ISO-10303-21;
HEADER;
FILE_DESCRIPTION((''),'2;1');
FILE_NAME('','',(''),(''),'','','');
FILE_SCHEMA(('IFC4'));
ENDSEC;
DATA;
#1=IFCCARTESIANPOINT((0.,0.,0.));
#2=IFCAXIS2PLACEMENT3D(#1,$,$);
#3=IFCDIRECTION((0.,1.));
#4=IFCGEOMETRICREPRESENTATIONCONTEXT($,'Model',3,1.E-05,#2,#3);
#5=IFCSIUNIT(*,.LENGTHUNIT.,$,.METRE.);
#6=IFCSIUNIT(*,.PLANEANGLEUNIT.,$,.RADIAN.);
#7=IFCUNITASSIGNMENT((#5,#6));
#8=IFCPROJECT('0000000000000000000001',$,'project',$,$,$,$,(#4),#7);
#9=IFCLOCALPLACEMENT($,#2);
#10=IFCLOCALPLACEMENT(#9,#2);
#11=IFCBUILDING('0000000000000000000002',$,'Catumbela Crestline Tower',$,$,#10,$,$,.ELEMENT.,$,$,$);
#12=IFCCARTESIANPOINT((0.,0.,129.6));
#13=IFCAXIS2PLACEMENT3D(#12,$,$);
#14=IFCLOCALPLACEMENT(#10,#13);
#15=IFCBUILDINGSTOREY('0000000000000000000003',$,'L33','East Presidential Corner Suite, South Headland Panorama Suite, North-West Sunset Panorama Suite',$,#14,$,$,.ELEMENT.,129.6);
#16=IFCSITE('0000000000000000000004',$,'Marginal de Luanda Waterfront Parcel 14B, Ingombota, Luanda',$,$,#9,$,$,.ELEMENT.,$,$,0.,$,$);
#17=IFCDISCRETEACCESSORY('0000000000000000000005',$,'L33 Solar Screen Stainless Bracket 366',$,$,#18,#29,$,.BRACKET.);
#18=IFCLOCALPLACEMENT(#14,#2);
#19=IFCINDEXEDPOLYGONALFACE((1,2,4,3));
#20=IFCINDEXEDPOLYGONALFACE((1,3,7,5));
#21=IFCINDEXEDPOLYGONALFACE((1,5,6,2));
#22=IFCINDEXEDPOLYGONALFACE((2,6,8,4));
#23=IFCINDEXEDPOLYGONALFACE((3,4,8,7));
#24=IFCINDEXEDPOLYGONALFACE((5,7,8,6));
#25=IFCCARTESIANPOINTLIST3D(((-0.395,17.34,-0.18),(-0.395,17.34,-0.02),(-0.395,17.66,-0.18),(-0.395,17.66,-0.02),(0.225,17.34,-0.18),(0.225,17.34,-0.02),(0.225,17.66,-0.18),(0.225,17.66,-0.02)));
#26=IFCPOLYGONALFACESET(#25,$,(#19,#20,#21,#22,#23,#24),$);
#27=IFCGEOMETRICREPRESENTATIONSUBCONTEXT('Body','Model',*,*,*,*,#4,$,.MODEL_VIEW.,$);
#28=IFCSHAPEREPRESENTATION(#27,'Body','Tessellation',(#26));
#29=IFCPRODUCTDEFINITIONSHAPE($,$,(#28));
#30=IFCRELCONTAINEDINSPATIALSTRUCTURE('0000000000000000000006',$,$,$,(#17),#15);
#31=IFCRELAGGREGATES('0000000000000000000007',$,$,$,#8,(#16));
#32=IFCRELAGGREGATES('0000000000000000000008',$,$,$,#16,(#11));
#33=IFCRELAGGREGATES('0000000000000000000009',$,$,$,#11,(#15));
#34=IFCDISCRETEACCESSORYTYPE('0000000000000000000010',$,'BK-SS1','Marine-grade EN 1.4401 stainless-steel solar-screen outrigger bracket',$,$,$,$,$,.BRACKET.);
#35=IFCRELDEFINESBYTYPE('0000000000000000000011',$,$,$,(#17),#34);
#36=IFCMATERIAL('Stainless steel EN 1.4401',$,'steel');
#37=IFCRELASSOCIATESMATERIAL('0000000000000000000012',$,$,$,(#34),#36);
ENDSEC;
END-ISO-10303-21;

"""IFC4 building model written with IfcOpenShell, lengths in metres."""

from ifc_helpers import new_model, si_unit, direction, frame, origin, origin_2d, place, context, subcontext, project, spatial, rectangle, extrude, material, type_object, element, save


model = new_model("IFC4")

# Units and contexts
model_context = context("Model", 3, precision=1e-05, world=origin(), true_north=direction((0.0, 1.0)))
body_context = subcontext(model_context, "Body", "Model", "MODEL_VIEW")
ifc_project = project(units=[si_unit("LENGTHUNIT", "METRE"), si_unit("PLANEANGLEUNIT", "RADIAN")], contexts=[model_context])

# Site, building, storey
site_placement = place(None, origin())
site = spatial("IfcSite", under=ifc_project, at=site_placement, Name="Marginal de Luanda Waterfront Parcel 14B, Ingombota, Luanda", CompositionType="ELEMENT", RefElevation=0.0)
building_placement = place(site_placement, origin())
building = spatial("IfcBuilding", under=site, at=building_placement, Name="Catumbela Crestline Tower", CompositionType="ELEMENT")
storey_placement = place(building_placement, frame((0.0, 0.0, 129.6)))
storey = spatial("IfcBuildingStorey", under=building, at=storey_placement, Name="L33", Description="East Presidential Corner Suite, South Headland Panorama Suite, North-West Sunset Panorama Suite", CompositionType="ELEMENT", Elevation=129.6)

# Discrete accessory
ifc_material_1 = material(Name="Stainless steel EN 1.4401", Category="steel")
discrete_accessory_type = type_object("IfcDiscreteAccessoryType", Name="BK-SS1", Description="Marine-grade EN 1.4401 stainless-steel solar-screen outrigger bracket", PredefinedType="BRACKET", material=ifc_material_1)
discrete_accessory_placement = place(storey_placement, frame((-0.085, 17.5, -0.18), z_axis=(0.0, 0.0, 1.0), x_axis=(0.0, -1.0, 0.0)))
element("IfcDiscreteAccessory", 1, at=discrete_accessory_placement, inside=storey, type_object=discrete_accessory_type, Name="L33 Solar Screen Stainless Bracket 366", PredefinedType="BRACKET", context=body_context, shape_type="SweptSolid", body=[
    extrude(rectangle(XDim=0.32, YDim=0.62, at=origin_2d()), origin(), (0.0, 0.0, 1.0), 0.16),
])

save(model, "model.ifc")
